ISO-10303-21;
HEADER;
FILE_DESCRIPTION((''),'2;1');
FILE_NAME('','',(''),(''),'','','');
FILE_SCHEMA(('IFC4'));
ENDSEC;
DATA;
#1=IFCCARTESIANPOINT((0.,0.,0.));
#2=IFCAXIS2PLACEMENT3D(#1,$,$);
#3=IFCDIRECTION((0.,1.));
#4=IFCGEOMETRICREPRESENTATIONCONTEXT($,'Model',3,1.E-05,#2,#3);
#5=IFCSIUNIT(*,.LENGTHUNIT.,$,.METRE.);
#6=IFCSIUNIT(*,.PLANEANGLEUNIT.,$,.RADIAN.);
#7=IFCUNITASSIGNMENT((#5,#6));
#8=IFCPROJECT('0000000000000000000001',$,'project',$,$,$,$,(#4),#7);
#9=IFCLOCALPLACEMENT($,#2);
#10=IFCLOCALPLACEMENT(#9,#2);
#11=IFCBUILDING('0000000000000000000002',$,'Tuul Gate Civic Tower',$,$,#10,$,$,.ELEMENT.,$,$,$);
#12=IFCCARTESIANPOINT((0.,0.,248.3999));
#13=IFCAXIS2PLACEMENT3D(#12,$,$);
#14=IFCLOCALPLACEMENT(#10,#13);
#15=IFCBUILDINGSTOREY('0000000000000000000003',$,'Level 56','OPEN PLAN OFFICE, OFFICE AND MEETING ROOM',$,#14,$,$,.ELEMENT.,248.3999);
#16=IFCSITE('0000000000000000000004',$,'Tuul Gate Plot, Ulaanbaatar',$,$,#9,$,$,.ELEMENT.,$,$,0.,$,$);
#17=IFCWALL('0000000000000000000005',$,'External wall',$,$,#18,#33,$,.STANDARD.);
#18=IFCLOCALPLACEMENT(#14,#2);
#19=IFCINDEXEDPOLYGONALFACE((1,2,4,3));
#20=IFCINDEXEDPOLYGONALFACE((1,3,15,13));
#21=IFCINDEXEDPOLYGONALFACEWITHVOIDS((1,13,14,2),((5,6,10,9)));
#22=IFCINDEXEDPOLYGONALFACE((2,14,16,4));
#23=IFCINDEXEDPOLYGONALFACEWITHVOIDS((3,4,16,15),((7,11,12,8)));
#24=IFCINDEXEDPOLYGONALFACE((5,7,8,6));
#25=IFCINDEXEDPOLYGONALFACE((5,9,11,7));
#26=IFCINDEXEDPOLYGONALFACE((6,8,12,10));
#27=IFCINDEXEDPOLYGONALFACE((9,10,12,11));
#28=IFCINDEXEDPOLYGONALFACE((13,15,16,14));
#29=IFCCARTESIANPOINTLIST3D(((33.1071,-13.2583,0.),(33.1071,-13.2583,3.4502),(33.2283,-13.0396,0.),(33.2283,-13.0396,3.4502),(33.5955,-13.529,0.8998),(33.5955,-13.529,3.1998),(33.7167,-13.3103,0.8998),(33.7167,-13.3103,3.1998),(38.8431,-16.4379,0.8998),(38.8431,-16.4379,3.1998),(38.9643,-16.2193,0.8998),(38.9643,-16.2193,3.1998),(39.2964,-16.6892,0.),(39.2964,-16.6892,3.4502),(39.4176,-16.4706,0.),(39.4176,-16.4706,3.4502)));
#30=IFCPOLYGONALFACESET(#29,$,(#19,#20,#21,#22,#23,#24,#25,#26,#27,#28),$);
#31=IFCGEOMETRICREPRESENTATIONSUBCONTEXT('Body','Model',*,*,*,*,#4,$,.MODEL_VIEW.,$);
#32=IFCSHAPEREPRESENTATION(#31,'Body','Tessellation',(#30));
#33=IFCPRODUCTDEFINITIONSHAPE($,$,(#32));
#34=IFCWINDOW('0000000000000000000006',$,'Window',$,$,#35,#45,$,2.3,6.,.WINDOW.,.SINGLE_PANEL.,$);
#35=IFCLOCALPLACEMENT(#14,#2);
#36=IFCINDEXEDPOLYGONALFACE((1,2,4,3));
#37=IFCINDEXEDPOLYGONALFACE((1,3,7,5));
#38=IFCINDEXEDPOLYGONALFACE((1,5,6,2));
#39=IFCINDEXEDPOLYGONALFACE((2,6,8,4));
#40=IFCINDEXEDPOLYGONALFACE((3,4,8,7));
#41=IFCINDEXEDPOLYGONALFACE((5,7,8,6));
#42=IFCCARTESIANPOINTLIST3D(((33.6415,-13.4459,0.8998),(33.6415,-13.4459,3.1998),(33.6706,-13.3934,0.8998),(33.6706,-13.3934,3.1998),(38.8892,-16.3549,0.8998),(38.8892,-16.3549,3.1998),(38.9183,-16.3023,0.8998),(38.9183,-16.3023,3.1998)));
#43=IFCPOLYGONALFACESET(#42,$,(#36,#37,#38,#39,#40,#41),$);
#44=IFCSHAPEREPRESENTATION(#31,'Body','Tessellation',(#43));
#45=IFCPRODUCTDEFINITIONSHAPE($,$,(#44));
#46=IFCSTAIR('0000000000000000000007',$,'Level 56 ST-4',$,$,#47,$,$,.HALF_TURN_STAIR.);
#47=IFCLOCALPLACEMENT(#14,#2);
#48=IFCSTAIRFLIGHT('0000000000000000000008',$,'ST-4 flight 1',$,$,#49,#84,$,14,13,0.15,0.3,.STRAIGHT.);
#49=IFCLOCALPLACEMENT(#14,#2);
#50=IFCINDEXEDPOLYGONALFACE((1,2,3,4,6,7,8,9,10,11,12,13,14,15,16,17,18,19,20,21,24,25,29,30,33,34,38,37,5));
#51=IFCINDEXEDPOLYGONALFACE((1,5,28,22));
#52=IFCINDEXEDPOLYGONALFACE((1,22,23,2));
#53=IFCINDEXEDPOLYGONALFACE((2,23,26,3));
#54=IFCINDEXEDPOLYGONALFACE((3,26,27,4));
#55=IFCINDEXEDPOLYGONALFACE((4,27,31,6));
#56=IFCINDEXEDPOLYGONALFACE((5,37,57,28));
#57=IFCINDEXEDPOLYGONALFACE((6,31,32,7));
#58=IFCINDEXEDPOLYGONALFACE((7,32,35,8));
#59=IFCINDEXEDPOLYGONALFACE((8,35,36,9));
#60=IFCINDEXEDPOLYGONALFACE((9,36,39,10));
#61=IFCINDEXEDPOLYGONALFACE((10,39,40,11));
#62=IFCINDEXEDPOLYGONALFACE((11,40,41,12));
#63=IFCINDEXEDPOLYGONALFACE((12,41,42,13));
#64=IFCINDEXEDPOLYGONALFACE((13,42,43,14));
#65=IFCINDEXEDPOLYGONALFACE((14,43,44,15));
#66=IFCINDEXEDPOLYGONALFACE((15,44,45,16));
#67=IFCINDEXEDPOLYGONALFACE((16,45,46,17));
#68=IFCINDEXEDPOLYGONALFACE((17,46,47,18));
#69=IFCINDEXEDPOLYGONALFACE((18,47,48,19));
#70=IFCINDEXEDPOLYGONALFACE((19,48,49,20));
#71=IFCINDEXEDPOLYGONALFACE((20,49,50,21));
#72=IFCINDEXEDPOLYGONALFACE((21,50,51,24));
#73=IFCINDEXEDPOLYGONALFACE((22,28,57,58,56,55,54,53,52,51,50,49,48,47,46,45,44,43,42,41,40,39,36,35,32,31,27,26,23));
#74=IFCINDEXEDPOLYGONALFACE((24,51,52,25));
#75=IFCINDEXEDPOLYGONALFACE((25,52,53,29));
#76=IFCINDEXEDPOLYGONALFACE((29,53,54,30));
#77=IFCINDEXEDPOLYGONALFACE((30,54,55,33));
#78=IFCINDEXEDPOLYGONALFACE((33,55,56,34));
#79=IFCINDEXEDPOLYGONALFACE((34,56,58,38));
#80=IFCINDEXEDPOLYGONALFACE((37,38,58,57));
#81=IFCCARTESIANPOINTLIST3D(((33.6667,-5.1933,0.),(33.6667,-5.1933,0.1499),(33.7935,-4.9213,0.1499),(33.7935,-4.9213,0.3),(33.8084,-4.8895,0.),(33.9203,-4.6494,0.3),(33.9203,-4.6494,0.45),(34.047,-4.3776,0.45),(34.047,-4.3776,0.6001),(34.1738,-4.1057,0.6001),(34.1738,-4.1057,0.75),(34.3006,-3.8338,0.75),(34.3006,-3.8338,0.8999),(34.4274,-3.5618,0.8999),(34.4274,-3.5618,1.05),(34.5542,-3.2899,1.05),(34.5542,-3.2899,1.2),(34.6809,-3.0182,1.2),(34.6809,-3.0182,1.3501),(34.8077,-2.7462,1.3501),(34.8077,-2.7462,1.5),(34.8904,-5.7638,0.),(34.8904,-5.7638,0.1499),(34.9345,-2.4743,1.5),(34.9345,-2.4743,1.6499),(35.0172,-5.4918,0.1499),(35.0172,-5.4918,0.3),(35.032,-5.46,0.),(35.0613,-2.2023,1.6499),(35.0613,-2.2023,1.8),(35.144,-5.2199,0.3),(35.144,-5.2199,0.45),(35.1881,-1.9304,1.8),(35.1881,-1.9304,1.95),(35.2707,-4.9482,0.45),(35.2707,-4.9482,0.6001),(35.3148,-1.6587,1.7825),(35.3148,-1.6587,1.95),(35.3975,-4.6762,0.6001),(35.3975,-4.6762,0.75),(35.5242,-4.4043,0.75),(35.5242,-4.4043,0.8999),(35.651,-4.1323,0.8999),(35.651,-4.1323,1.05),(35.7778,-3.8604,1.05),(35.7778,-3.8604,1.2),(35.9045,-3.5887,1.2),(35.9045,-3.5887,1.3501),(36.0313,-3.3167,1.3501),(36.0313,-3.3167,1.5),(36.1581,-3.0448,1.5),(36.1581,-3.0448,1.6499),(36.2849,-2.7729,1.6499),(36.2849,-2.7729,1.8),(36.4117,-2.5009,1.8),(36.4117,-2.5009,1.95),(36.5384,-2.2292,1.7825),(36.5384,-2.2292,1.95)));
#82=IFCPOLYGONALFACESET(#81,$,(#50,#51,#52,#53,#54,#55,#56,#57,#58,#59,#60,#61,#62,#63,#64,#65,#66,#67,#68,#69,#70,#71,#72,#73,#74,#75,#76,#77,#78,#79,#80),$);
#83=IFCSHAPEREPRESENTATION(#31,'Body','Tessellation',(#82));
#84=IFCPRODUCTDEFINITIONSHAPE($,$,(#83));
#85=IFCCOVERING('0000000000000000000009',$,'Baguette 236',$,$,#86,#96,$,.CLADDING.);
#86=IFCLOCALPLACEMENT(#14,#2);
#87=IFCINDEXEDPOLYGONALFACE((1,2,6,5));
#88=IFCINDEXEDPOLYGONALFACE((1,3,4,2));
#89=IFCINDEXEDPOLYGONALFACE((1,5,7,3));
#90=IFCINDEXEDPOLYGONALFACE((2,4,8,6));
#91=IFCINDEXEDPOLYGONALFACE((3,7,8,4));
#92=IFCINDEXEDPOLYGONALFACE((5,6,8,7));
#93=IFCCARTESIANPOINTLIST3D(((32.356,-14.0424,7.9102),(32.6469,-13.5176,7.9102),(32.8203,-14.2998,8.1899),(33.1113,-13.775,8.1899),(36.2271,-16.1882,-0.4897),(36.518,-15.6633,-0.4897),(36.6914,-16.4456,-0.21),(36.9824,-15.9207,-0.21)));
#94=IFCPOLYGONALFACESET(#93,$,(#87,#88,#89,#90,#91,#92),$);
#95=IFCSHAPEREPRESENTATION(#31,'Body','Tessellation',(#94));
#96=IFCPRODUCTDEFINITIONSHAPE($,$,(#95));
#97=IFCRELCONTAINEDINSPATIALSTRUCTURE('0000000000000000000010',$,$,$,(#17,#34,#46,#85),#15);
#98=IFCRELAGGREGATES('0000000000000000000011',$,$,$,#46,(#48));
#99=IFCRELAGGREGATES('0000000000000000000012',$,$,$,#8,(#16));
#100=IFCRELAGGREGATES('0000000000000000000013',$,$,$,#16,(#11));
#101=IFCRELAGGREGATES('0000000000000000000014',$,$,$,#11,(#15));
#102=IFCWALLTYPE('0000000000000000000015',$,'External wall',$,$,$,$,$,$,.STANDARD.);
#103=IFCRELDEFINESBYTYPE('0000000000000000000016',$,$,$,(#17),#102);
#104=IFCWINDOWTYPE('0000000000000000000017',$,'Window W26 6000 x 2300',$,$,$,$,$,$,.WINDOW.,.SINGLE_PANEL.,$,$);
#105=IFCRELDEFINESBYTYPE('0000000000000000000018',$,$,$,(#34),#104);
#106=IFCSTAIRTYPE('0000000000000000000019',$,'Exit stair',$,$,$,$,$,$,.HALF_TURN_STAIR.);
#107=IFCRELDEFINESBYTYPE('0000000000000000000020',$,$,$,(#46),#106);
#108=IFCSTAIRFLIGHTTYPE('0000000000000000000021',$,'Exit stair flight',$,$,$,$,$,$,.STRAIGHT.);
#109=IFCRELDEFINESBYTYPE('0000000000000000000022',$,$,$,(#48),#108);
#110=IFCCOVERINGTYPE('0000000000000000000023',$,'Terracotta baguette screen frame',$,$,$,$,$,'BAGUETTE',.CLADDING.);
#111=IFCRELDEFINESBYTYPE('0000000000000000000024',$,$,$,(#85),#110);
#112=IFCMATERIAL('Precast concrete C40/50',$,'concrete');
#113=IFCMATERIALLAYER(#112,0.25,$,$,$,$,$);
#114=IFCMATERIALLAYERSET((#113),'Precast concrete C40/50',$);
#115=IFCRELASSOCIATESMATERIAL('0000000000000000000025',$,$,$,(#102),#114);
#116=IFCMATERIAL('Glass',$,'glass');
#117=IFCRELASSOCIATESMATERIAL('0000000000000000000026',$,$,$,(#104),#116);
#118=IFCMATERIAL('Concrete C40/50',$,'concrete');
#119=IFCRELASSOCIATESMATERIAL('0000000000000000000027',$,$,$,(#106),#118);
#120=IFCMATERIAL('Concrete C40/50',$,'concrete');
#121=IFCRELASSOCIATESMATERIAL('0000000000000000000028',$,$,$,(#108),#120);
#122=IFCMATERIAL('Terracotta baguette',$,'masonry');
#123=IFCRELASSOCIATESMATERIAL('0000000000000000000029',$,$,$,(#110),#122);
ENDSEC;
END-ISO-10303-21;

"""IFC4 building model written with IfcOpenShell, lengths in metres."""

from ifc_helpers import new_model, si_unit, direction, frame, frame_2d, origin, origin_2d, place, context, subcontext, project, spatial, polyline, rectangle, outline, extrude, material, layer, layer_set, material_profile, profile_set, type_object, element, fill, aggregate, save


model = new_model("IFC4")

# Units and contexts
model_context = context("Model", 3, precision=1e-05, world=origin(), true_north=direction((0.0, 1.0)))
body_context = subcontext(model_context, "Body", "Model", "MODEL_VIEW")
ifc_project = project(units=[si_unit("LENGTHUNIT", "METRE"), si_unit("PLANEANGLEUNIT", "RADIAN")], contexts=[model_context])

# Site, building, storey
site_placement = place(None, origin())
site = spatial("IfcSite", under=ifc_project, at=site_placement, Name="Tuul Gate Plot, Ulaanbaatar", CompositionType="ELEMENT", RefElevation=0.0)
building_placement = place(site_placement, origin())
building = spatial("IfcBuilding", under=site, at=building_placement, Name="Tuul Gate Civic Tower", CompositionType="ELEMENT")
storey_placement = place(building_placement, frame((0.0, 0.0, 248.3999)))
storey = spatial("IfcBuildingStorey", under=building, at=storey_placement, Name="Level 56", Description="OPEN PLAN OFFICE, OFFICE AND MEETING ROOM", CompositionType="ELEMENT", Elevation=248.3999)

# Wall, opening, window
ifc_material_1 = material(Name="Precast concrete C40/50", Category="concrete")
ifc_layer_1 = layer(ifc_material_1, 0.25)
ifc_layer_set_1 = layer_set([ifc_layer_1], Name="Precast concrete C40/50")
wall_type_1 = type_object("IfcWallType", Name="External wall", PredefinedType="STANDARD", material=ifc_layer_set_1)
ifc_material_2 = material(Name="Glass", Category="glass")
window_type = type_object("IfcWindowType", Name="Window W26 6000 x 2300", PartitioningType="SINGLE_PANEL", PredefinedType="WINDOW", material=ifc_material_2)
wall_1_placement = place(storey_placement, frame((33.1677, -13.1489, 0.0), z_axis=(0.0, 0.0, 1.0), x_axis=(0.874609, -0.484828, 0.0)))
wall_1 = element("IfcWall", 1, at=wall_1_placement, inside=storey, type_object=wall_type_1, Name="External wall", PredefinedType="STANDARD", context=body_context, shape_type="SweptSolid", body=[
    extrude(rectangle(XDim=7.0767, YDim=0.25, at=frame_2d((3.5383, 0.0))), origin(), (0.0, 0.0, 1.0), 3.4502),
])
opening_1_placement = place(wall_1_placement, frame((0.5583, 0.0, 0.8999)))
opening_1 = element("IfcOpeningElement", 2, at=opening_1_placement, cuts=wall_1, PredefinedType="OPENING", context=body_context, shape_type="SweptSolid", body=[
    extrude(rectangle(XDim=6.0, YDim=2.3, at=frame_2d((3.0, 1.1499))), frame((0.0, 0.135, 0.0), z_axis=(0.0, -1.0, 0.0), x_axis=(1.0, 0.0, 0.0)), (0.0, 0.0, 1.0), 0.27),
])
window_1_placement = place(opening_1_placement, origin())
window_1 = element("IfcWindow", 3, at=window_1_placement, inside=storey, type_object=window_type, Name="Window", OverallHeight=2.3, OverallWidth=6.0, PartitioningType="SINGLE_PANEL", PredefinedType="WINDOW", context=body_context, shape_type="SweptSolid", body=[
    extrude(rectangle(XDim=6.0, YDim=2.3, at=frame_2d((3.0, 1.1499))), frame((0.0, 0.03, 0.0), z_axis=(0.0, -1.0, 0.0), x_axis=(1.0, 0.0, 0.0)), (0.0, 0.0, 1.0), 0.0601),
])
fill(opening_1, window_1)

# Stair, stair flight
ifc_material_3 = material(Name="Concrete C40/50", Category="concrete")
stair_type = type_object("IfcStairType", Name="Exit stair", PredefinedType="HALF_TURN_STAIR", material=ifc_material_3)
stair_placement = place(storey_placement, origin())
stair = element("IfcStair", 4, at=stair_placement, inside=storey, type_object=stair_type, Name="Level 56 ST-4", PredefinedType="HALF_TURN_STAIR")
ifc_material_4 = material(Name="Concrete C40/50", Category="concrete")
stair_flight_type = type_object("IfcStairFlightType", Name="Exit stair flight", PredefinedType="STRAIGHT", material=ifc_material_4)
stair_flight_placement = place(storey_placement, frame((34.2786, -5.4785, 0.0), z_axis=(0.0, 0.0, 1.0), x_axis=(0.422576, 0.906327, 0.0)))
stair_flight = element("IfcStairFlight", 5, at=stair_flight_placement, type_object=stair_flight_type, Name="ST-4 flight 1", NumberOfRisers=14, NumberOfTreads=13, PredefinedType="STRAIGHT", RiserHeight=0.15, TreadLength=0.3, context=body_context, shape_type="SweptSolid", body=[
    extrude(outline(polyline([(0.0, 0.0), (0.0, 0.1499), (0.3, 0.1499), (0.3, 0.3), (0.6001, 0.3), (0.6001, 0.45), (0.8999, 0.45), (0.8999, 0.6001), (1.2, 0.6001), (1.2, 0.75), (1.5, 0.75), (1.5, 0.8999), (1.8, 0.8999), (1.8, 1.05), (2.1001, 1.05), (2.1001, 1.2), (2.3999, 1.2), (2.3999, 1.3501), (2.7, 1.3501), (2.7, 1.5), (3.0, 1.5), (3.0, 1.6499), (3.3, 1.6499), (3.3, 1.8), (3.6001, 1.8), (3.6001, 1.95), (3.8999, 1.95), (3.8999, 2.1001), (3.8999, 1.7825), (0.3352, 0.0), (0.0, 0.0)])), frame((0.0, 0.675, 0.0), z_axis=(0.0, -1.0, 0.0), x_axis=(1.0, 0.0, 0.0)), (0.0, 0.0, 1.0), 1.3501),
])
aggregate(stair, [stair_flight])

# Covering
ifc_material_5 = material(Name="Terracotta baguette", Category="masonry")
ifc_material_profile_1 = material_profile(ifc_material_5, rectangle(XDim=0.6001, YDim=0.6001, at=origin_2d()), Name="Terracotta baguette screen frame")
ifc_profile_set_1 = profile_set([ifc_material_profile_1], Name="Terracotta baguette")
covering_type = type_object("IfcCoveringType", Name="Terracotta baguette screen frame", ElementType="BAGUETTE", PredefinedType="CLADDING", material=ifc_profile_set_1)
covering_placement = place(storey_placement, frame((32.7336, -13.9087, 8.05), z_axis=(0.407714, -0.225996, -0.8847), x_axis=(0.484804, 0.874623, 0.0)))
element("IfcCovering", 6, at=covering_placement, inside=storey, type_object=covering_type, Name="Baguette 236", PredefinedType="CLADDING", context=body_context, shape_type="SweptSolid", body=[
    extrude(rectangle(XDim=0.6001, YDim=0.6001, at=origin_2d()), origin(), (0.0, 0.0, 1.0), 9.4946),
])

save(model, "model.ifc")
